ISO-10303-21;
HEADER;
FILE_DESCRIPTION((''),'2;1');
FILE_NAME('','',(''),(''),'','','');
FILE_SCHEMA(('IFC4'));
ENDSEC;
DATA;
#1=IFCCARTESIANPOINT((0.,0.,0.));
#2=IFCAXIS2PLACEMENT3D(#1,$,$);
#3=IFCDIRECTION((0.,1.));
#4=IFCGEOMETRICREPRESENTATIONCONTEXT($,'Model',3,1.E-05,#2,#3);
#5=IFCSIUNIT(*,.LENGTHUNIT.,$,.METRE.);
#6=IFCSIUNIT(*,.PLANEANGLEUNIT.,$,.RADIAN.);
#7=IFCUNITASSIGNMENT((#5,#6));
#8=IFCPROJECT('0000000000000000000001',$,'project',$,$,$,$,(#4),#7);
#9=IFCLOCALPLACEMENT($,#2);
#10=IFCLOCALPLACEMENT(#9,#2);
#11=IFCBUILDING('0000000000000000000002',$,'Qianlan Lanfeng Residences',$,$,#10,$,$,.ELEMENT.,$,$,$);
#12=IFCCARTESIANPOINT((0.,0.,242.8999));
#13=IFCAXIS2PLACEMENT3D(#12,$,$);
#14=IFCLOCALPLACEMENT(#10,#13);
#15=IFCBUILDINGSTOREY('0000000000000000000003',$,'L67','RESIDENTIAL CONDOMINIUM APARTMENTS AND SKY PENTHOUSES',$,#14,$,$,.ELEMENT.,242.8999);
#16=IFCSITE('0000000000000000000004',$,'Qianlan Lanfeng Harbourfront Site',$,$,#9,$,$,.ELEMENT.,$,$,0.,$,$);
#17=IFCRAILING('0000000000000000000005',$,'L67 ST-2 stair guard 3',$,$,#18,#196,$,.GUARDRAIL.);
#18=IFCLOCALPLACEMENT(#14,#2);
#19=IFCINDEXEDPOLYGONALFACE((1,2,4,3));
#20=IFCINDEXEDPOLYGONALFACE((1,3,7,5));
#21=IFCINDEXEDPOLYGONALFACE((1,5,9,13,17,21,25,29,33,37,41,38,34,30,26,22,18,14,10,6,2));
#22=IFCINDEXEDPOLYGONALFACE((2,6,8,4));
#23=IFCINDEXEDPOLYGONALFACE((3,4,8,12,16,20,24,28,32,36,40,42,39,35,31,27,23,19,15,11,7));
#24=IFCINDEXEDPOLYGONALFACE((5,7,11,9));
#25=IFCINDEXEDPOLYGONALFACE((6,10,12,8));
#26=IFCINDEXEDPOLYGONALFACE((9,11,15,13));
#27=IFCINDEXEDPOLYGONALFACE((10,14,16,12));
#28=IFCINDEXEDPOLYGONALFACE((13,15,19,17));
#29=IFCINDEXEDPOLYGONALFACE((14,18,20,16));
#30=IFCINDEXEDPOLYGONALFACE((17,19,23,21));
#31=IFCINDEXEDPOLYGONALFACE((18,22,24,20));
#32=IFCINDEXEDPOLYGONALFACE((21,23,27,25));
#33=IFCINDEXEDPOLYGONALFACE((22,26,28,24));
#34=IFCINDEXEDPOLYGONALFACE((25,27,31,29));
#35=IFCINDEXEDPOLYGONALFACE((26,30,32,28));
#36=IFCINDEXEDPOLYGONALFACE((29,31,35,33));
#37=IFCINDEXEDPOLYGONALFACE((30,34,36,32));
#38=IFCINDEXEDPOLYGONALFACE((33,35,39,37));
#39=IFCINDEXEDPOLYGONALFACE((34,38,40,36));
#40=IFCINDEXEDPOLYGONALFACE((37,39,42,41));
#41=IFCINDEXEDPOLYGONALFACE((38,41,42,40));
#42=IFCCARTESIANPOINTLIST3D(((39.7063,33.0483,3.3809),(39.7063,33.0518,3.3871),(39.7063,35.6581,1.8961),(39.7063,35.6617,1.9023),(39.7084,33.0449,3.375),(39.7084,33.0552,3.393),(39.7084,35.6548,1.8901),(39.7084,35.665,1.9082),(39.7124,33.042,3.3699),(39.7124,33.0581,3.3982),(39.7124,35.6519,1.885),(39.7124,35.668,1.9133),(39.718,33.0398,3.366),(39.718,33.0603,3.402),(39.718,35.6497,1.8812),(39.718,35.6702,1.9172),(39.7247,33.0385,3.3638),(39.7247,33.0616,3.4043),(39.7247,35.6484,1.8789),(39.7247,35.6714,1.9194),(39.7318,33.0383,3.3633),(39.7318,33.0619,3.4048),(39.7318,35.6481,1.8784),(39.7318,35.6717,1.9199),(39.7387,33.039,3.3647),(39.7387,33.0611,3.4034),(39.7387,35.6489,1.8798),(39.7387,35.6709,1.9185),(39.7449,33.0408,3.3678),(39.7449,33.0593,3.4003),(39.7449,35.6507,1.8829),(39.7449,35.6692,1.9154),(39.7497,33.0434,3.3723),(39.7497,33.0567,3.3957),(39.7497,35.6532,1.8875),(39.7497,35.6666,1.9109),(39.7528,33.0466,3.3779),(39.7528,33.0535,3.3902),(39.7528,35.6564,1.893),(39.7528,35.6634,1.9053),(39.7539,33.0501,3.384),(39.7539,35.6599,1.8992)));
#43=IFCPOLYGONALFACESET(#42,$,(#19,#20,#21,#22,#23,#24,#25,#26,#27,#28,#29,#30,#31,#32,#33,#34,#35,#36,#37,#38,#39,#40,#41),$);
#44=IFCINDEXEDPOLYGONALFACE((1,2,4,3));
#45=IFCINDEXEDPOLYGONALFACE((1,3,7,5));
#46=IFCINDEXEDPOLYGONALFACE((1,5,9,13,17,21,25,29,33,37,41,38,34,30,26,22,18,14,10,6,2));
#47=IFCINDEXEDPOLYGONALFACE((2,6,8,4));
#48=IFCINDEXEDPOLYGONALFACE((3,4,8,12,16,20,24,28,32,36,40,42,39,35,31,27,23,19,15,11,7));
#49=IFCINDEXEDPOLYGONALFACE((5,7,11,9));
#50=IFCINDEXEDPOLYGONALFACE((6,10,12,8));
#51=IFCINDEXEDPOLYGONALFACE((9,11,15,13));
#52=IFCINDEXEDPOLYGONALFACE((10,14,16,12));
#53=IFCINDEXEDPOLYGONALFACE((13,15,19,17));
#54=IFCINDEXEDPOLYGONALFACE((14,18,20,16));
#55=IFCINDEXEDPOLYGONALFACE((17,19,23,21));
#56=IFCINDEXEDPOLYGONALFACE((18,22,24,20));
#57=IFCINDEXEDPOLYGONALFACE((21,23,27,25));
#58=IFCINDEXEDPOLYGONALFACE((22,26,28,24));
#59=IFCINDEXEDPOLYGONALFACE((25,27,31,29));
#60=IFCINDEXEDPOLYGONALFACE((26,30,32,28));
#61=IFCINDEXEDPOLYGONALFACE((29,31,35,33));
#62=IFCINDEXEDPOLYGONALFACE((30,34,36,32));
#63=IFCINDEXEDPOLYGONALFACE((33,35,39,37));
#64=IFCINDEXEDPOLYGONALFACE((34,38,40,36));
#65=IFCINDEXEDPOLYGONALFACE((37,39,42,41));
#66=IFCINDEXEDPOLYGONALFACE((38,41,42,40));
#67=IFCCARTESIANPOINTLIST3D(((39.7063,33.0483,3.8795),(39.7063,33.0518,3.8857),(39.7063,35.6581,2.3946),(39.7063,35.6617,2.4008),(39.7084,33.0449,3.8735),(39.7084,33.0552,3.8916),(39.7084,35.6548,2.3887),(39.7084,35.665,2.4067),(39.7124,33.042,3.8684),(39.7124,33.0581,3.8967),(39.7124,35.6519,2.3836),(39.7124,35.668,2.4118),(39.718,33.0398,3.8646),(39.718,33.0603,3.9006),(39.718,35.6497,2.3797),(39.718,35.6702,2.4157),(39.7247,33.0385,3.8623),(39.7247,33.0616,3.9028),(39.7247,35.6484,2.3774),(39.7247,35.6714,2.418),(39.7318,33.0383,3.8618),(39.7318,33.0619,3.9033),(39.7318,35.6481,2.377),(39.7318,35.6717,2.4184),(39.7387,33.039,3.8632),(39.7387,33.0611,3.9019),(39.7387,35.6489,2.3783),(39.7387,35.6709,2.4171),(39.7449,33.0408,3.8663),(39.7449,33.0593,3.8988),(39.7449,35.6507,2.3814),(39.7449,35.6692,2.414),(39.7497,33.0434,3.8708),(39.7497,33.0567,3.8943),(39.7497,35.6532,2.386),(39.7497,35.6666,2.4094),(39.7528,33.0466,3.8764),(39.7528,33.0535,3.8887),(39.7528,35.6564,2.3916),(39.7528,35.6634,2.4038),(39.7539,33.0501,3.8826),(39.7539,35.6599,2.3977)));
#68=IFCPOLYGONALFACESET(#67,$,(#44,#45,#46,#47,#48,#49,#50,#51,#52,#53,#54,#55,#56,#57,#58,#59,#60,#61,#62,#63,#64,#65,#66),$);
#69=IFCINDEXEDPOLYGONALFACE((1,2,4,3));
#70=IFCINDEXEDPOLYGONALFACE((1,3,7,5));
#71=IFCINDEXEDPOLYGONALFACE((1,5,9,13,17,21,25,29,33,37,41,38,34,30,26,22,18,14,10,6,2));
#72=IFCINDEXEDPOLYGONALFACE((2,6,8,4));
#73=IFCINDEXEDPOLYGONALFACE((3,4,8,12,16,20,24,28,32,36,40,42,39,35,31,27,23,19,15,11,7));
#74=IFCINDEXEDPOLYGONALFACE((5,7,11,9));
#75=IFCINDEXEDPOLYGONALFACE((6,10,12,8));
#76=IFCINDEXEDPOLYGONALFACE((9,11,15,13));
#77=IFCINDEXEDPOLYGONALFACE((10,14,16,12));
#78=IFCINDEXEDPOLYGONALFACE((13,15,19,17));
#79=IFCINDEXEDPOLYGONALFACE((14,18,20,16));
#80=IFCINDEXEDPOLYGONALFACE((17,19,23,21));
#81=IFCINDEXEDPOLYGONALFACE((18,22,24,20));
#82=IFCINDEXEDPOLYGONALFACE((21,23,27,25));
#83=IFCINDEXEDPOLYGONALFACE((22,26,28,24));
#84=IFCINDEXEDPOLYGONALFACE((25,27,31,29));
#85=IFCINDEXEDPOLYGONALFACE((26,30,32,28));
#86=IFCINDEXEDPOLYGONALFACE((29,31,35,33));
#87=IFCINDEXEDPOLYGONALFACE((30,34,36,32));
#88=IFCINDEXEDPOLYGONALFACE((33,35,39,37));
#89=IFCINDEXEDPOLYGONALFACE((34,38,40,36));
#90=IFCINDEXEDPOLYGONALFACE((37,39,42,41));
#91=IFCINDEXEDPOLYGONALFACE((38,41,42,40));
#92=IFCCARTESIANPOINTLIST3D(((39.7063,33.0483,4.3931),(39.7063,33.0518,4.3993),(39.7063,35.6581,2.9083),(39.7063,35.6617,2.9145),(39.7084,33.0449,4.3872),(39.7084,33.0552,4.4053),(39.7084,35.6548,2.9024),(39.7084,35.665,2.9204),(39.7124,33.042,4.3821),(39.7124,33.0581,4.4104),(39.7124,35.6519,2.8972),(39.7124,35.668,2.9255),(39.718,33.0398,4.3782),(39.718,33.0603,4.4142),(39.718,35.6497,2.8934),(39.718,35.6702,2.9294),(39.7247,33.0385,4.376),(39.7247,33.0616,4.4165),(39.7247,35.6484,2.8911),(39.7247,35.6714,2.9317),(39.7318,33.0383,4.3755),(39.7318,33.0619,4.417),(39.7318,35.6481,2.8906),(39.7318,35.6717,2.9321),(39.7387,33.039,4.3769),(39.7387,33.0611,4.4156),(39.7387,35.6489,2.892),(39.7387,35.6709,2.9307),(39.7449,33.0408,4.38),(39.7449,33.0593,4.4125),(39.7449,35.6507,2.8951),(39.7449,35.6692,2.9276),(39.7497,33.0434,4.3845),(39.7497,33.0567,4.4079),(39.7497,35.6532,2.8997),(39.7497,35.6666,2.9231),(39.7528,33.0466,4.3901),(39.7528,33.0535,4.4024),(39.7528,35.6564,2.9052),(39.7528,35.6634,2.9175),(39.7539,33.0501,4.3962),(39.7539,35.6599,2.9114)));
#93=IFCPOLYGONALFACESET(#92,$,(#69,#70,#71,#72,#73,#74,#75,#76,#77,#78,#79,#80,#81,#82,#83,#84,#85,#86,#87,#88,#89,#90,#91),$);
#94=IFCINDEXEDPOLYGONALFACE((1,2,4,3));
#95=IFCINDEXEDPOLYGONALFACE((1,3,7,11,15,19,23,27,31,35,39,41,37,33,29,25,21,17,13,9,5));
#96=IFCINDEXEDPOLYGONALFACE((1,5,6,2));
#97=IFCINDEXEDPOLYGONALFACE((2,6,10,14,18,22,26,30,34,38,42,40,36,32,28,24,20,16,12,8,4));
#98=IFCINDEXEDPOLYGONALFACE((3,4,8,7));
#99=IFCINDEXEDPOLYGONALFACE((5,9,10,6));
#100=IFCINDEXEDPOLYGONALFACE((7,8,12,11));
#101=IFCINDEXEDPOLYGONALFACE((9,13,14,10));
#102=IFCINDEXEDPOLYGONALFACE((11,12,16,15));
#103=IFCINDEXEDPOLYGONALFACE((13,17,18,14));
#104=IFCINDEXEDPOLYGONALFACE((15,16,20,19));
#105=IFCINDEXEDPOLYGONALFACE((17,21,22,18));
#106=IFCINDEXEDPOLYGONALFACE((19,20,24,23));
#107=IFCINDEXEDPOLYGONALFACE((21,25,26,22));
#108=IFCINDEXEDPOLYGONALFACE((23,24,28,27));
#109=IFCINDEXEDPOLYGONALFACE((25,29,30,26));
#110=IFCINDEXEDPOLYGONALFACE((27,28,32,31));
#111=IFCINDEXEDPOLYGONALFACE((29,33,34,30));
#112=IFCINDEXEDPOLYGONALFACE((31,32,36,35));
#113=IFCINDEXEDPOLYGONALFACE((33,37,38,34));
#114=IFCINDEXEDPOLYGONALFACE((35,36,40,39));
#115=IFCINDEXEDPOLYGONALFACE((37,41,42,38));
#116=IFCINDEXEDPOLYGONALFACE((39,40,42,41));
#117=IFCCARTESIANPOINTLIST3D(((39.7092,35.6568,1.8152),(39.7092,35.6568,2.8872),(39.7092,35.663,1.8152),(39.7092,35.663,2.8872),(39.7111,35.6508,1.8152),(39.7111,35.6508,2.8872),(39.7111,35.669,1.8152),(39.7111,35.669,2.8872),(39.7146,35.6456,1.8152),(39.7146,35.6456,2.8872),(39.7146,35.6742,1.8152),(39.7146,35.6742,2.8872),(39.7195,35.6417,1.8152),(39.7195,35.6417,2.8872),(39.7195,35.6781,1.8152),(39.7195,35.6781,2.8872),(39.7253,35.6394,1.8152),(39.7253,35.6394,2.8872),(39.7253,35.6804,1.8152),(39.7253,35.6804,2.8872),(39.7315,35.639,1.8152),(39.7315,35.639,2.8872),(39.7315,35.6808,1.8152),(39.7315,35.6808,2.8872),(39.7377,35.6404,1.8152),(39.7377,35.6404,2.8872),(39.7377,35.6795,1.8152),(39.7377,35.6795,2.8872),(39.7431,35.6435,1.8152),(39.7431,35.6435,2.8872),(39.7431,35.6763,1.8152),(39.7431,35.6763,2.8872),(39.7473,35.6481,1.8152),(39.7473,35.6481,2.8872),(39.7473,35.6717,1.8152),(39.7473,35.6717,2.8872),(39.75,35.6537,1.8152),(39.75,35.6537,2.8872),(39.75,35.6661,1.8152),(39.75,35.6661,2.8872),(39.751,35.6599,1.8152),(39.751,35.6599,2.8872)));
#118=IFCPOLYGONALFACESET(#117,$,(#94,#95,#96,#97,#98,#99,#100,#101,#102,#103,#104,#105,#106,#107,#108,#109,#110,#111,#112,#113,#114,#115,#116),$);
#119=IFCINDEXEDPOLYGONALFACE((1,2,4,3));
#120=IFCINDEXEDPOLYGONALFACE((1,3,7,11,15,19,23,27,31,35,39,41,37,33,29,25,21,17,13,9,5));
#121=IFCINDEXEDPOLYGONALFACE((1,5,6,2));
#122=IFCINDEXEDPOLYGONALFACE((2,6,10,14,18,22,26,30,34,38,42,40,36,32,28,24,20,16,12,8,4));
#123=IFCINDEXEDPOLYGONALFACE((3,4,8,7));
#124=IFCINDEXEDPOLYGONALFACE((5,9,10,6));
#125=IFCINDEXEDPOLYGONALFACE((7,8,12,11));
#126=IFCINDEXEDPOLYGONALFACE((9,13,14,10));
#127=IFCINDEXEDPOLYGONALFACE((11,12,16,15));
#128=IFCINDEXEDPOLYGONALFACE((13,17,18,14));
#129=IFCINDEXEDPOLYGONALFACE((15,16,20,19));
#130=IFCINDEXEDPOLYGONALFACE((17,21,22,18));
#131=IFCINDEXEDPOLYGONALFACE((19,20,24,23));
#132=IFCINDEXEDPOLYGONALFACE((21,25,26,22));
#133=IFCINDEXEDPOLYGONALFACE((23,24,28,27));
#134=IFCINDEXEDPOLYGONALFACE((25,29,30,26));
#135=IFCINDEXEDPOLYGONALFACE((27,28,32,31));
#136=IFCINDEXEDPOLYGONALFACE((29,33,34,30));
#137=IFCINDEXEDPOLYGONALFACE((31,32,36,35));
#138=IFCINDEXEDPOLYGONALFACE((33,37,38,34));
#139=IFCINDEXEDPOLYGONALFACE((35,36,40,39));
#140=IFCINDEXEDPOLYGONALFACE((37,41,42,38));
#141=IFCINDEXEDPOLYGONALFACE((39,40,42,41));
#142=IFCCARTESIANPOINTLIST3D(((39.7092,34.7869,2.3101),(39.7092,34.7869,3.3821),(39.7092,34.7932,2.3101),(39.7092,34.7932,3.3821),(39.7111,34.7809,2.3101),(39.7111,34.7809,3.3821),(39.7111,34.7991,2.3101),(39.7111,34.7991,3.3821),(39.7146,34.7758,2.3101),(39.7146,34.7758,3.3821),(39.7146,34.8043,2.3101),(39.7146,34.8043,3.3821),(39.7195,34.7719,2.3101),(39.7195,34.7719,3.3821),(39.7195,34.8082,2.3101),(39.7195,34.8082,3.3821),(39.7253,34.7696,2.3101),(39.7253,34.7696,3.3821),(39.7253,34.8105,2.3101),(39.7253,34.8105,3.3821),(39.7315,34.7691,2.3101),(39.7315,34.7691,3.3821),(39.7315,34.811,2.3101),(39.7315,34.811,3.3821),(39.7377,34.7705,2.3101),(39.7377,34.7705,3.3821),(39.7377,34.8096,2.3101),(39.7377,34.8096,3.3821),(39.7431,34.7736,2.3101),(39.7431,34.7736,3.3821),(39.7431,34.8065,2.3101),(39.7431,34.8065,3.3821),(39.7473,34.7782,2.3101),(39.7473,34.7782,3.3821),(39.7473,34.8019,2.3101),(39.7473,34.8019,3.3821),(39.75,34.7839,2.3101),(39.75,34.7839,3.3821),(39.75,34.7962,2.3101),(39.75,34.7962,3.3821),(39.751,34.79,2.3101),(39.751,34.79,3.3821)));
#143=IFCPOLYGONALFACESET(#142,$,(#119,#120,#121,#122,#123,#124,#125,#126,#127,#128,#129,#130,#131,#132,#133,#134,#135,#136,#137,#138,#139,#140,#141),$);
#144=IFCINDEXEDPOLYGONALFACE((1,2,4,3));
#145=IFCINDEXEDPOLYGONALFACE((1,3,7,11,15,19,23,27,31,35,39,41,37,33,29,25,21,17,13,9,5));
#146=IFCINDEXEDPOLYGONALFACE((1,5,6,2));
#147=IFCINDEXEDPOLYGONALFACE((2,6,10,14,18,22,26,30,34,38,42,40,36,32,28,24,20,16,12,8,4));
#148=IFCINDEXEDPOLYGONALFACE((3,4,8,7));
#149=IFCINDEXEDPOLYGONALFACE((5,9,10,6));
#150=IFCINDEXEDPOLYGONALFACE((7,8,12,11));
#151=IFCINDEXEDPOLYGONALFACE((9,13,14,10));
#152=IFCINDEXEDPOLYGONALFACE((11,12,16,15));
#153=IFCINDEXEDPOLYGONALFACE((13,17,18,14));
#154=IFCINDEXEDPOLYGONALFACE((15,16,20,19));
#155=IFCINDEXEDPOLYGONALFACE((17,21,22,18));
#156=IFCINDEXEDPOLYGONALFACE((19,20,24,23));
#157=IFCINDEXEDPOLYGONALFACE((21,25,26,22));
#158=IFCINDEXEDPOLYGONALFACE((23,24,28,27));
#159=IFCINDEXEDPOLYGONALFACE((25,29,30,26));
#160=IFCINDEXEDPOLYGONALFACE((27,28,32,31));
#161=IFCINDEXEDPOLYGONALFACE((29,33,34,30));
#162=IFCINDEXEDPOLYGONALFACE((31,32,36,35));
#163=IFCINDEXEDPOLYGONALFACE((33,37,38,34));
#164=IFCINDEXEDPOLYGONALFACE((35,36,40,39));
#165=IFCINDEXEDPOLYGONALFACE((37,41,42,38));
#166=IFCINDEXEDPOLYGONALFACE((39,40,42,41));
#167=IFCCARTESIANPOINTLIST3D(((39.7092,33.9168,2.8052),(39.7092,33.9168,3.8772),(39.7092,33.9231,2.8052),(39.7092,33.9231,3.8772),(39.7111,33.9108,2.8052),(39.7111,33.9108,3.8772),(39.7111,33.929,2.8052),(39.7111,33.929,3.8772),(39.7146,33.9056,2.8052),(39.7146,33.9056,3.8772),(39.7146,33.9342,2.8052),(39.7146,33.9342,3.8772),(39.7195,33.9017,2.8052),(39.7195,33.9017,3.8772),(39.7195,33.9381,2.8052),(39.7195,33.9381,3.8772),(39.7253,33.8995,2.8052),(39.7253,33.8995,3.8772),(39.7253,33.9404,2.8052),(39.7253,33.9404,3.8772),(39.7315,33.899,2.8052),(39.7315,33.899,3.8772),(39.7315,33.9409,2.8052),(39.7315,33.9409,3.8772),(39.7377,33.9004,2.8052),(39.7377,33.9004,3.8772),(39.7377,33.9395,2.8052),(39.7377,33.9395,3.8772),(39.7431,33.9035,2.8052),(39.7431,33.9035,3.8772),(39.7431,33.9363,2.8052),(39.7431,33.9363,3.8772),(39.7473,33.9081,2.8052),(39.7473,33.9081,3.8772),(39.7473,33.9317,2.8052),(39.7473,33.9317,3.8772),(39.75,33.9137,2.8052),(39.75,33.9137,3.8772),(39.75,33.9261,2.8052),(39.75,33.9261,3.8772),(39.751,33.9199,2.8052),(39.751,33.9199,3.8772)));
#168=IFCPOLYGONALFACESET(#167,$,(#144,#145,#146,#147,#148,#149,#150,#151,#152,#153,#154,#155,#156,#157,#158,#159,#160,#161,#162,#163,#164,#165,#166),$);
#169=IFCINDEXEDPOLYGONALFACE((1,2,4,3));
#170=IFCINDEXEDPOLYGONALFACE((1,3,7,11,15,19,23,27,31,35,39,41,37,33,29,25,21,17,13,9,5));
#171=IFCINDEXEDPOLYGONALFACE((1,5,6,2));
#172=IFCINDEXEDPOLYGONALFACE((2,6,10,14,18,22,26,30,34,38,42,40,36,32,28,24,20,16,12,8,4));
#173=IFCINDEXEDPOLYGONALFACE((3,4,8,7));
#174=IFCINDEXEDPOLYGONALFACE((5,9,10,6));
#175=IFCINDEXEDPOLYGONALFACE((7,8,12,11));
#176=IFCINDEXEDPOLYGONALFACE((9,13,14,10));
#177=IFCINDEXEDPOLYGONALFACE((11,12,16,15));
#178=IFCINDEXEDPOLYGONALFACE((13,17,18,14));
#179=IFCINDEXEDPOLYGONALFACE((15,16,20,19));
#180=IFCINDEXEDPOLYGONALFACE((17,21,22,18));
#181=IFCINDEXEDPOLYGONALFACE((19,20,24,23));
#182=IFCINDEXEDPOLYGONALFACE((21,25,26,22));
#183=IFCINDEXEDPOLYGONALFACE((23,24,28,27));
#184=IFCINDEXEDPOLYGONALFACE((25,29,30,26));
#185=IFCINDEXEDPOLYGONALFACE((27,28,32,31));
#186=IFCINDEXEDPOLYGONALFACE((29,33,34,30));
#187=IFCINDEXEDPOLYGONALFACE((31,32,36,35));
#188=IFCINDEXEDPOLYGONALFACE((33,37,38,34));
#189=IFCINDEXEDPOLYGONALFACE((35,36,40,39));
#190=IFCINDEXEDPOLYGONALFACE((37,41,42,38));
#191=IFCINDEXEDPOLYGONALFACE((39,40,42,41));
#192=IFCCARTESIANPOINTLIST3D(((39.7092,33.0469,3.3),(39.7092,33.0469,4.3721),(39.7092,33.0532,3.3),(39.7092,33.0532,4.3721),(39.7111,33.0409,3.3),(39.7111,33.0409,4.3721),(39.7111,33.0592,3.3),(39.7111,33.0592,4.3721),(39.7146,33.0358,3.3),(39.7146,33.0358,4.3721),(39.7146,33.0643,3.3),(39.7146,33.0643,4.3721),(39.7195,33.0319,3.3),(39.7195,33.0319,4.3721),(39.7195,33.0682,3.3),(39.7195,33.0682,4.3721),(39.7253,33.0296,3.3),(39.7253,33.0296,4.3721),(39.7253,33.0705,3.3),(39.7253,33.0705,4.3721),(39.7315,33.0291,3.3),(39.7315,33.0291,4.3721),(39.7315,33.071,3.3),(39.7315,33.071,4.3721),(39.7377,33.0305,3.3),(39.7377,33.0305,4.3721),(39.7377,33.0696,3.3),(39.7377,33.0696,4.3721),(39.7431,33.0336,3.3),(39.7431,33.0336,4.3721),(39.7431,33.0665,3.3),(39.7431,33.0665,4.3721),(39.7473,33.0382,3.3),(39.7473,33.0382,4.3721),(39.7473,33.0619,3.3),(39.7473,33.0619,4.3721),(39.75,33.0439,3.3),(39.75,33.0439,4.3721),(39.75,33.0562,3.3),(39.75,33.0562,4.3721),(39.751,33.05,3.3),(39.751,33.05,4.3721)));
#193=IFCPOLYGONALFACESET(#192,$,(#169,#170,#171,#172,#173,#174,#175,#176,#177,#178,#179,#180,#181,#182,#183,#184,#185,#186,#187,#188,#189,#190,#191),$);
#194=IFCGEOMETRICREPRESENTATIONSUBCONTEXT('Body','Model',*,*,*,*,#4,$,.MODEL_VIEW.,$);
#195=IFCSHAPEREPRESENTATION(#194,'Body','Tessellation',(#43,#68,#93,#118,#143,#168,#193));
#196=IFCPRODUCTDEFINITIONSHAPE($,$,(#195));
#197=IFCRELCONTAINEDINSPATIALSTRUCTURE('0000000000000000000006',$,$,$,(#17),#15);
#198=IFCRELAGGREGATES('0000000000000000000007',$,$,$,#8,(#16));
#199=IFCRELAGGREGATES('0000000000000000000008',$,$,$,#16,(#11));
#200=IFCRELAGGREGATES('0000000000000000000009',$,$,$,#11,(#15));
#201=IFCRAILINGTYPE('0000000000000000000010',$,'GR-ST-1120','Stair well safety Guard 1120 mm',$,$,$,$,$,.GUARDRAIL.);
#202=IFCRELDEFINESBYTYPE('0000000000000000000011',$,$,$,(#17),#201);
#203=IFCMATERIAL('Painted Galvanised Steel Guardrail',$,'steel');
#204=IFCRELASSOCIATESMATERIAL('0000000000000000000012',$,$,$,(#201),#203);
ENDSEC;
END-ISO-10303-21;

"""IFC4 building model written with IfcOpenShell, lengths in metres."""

from ifc_helpers import new_model, si_unit, direction, frame, origin, origin_2d, place, context, subcontext, project, spatial, circle, extrude, material, type_object, element, save


model = new_model("IFC4")

# Units and contexts
model_context = context("Model", 3, precision=1e-05, world=origin(), true_north=direction((0.0, 1.0)))
body_context = subcontext(model_context, "Body", "Model", "MODEL_VIEW")
ifc_project = project(units=[si_unit("LENGTHUNIT", "METRE"), si_unit("PLANEANGLEUNIT", "RADIAN")], contexts=[model_context])

# Site, building, storey
site_placement = place(None, origin())
site = spatial("IfcSite", under=ifc_project, at=site_placement, Name="Qianlan Lanfeng Harbourfront Site", CompositionType="ELEMENT", RefElevation=0.0)
building_placement = place(site_placement, origin())
building = spatial("IfcBuilding", under=site, at=building_placement, Name="Qianlan Lanfeng Residences", CompositionType="ELEMENT")
storey_placement = place(building_placement, frame((0.0, 0.0, 242.8999)))
storey = spatial("IfcBuildingStorey", under=building, at=storey_placement, Name="L67", Description="RESIDENTIAL CONDOMINIUM APARTMENTS AND SKY PENTHOUSES", CompositionType="ELEMENT", Elevation=242.8999)

# Railing
ifc_material_1 = material(Name="Painted Galvanised Steel Guardrail", Category="steel")
railing_type_1 = type_object("IfcRailingType", Name="GR-ST-1120", Description="Stair well safety Guard 1120 mm", PredefinedType="GUARDRAIL", material=ifc_material_1)
railing_1_placement = place(storey_placement, frame((39.73, 35.6599, 1.8152)))
element("IfcRailing", 1, at=railing_1_placement, inside=storey, type_object=railing_type_1, Name="L67 ST-2 stair guard 3", PredefinedType="GUARDRAIL", context=body_context, shape_type="SweptSolid", body=[
    extrude(circle(Radius=0.0239, at=origin_2d()), frame((0.0, 0.0, 0.084), z_axis=(0.0, -0.869172, 0.494509), x_axis=(1.0, 0.0, 0.0)), (0.0, 0.0, 1.0), 3.0027),
    extrude(circle(Radius=0.0239, at=origin_2d()), frame((0.0, 0.0, 0.5825), z_axis=(0.0, -0.869172, 0.494509), x_axis=(1.0, 0.0, 0.0)), (0.0, 0.0, 1.0), 3.0027),
    extrude(circle(Radius=0.0239, at=origin_2d()), frame((0.0, 0.0, 1.0962), z_axis=(0.0, -0.869172, 0.494509), x_axis=(1.0, 0.0, 0.0)), (0.0, 0.0, 1.0), 3.0027),
    extrude(circle(Radius=0.021, at=origin_2d()), origin(), (0.0, 0.0, 1.0), 1.072),
    extrude(circle(Radius=0.021, at=origin_2d()), frame((0.0, -0.8699, 0.4949)), (0.0, 0.0, 1.0), 1.072),
    extrude(circle(Radius=0.021, at=origin_2d()), frame((0.0, -1.74, 0.99)), (0.0, 0.0, 1.0), 1.072),
    extrude(circle(Radius=0.021, at=origin_2d()), frame((0.0, -2.6099, 1.4849)), (0.0, 0.0, 1.0), 1.072),
])

save(model, "model.ifc")
